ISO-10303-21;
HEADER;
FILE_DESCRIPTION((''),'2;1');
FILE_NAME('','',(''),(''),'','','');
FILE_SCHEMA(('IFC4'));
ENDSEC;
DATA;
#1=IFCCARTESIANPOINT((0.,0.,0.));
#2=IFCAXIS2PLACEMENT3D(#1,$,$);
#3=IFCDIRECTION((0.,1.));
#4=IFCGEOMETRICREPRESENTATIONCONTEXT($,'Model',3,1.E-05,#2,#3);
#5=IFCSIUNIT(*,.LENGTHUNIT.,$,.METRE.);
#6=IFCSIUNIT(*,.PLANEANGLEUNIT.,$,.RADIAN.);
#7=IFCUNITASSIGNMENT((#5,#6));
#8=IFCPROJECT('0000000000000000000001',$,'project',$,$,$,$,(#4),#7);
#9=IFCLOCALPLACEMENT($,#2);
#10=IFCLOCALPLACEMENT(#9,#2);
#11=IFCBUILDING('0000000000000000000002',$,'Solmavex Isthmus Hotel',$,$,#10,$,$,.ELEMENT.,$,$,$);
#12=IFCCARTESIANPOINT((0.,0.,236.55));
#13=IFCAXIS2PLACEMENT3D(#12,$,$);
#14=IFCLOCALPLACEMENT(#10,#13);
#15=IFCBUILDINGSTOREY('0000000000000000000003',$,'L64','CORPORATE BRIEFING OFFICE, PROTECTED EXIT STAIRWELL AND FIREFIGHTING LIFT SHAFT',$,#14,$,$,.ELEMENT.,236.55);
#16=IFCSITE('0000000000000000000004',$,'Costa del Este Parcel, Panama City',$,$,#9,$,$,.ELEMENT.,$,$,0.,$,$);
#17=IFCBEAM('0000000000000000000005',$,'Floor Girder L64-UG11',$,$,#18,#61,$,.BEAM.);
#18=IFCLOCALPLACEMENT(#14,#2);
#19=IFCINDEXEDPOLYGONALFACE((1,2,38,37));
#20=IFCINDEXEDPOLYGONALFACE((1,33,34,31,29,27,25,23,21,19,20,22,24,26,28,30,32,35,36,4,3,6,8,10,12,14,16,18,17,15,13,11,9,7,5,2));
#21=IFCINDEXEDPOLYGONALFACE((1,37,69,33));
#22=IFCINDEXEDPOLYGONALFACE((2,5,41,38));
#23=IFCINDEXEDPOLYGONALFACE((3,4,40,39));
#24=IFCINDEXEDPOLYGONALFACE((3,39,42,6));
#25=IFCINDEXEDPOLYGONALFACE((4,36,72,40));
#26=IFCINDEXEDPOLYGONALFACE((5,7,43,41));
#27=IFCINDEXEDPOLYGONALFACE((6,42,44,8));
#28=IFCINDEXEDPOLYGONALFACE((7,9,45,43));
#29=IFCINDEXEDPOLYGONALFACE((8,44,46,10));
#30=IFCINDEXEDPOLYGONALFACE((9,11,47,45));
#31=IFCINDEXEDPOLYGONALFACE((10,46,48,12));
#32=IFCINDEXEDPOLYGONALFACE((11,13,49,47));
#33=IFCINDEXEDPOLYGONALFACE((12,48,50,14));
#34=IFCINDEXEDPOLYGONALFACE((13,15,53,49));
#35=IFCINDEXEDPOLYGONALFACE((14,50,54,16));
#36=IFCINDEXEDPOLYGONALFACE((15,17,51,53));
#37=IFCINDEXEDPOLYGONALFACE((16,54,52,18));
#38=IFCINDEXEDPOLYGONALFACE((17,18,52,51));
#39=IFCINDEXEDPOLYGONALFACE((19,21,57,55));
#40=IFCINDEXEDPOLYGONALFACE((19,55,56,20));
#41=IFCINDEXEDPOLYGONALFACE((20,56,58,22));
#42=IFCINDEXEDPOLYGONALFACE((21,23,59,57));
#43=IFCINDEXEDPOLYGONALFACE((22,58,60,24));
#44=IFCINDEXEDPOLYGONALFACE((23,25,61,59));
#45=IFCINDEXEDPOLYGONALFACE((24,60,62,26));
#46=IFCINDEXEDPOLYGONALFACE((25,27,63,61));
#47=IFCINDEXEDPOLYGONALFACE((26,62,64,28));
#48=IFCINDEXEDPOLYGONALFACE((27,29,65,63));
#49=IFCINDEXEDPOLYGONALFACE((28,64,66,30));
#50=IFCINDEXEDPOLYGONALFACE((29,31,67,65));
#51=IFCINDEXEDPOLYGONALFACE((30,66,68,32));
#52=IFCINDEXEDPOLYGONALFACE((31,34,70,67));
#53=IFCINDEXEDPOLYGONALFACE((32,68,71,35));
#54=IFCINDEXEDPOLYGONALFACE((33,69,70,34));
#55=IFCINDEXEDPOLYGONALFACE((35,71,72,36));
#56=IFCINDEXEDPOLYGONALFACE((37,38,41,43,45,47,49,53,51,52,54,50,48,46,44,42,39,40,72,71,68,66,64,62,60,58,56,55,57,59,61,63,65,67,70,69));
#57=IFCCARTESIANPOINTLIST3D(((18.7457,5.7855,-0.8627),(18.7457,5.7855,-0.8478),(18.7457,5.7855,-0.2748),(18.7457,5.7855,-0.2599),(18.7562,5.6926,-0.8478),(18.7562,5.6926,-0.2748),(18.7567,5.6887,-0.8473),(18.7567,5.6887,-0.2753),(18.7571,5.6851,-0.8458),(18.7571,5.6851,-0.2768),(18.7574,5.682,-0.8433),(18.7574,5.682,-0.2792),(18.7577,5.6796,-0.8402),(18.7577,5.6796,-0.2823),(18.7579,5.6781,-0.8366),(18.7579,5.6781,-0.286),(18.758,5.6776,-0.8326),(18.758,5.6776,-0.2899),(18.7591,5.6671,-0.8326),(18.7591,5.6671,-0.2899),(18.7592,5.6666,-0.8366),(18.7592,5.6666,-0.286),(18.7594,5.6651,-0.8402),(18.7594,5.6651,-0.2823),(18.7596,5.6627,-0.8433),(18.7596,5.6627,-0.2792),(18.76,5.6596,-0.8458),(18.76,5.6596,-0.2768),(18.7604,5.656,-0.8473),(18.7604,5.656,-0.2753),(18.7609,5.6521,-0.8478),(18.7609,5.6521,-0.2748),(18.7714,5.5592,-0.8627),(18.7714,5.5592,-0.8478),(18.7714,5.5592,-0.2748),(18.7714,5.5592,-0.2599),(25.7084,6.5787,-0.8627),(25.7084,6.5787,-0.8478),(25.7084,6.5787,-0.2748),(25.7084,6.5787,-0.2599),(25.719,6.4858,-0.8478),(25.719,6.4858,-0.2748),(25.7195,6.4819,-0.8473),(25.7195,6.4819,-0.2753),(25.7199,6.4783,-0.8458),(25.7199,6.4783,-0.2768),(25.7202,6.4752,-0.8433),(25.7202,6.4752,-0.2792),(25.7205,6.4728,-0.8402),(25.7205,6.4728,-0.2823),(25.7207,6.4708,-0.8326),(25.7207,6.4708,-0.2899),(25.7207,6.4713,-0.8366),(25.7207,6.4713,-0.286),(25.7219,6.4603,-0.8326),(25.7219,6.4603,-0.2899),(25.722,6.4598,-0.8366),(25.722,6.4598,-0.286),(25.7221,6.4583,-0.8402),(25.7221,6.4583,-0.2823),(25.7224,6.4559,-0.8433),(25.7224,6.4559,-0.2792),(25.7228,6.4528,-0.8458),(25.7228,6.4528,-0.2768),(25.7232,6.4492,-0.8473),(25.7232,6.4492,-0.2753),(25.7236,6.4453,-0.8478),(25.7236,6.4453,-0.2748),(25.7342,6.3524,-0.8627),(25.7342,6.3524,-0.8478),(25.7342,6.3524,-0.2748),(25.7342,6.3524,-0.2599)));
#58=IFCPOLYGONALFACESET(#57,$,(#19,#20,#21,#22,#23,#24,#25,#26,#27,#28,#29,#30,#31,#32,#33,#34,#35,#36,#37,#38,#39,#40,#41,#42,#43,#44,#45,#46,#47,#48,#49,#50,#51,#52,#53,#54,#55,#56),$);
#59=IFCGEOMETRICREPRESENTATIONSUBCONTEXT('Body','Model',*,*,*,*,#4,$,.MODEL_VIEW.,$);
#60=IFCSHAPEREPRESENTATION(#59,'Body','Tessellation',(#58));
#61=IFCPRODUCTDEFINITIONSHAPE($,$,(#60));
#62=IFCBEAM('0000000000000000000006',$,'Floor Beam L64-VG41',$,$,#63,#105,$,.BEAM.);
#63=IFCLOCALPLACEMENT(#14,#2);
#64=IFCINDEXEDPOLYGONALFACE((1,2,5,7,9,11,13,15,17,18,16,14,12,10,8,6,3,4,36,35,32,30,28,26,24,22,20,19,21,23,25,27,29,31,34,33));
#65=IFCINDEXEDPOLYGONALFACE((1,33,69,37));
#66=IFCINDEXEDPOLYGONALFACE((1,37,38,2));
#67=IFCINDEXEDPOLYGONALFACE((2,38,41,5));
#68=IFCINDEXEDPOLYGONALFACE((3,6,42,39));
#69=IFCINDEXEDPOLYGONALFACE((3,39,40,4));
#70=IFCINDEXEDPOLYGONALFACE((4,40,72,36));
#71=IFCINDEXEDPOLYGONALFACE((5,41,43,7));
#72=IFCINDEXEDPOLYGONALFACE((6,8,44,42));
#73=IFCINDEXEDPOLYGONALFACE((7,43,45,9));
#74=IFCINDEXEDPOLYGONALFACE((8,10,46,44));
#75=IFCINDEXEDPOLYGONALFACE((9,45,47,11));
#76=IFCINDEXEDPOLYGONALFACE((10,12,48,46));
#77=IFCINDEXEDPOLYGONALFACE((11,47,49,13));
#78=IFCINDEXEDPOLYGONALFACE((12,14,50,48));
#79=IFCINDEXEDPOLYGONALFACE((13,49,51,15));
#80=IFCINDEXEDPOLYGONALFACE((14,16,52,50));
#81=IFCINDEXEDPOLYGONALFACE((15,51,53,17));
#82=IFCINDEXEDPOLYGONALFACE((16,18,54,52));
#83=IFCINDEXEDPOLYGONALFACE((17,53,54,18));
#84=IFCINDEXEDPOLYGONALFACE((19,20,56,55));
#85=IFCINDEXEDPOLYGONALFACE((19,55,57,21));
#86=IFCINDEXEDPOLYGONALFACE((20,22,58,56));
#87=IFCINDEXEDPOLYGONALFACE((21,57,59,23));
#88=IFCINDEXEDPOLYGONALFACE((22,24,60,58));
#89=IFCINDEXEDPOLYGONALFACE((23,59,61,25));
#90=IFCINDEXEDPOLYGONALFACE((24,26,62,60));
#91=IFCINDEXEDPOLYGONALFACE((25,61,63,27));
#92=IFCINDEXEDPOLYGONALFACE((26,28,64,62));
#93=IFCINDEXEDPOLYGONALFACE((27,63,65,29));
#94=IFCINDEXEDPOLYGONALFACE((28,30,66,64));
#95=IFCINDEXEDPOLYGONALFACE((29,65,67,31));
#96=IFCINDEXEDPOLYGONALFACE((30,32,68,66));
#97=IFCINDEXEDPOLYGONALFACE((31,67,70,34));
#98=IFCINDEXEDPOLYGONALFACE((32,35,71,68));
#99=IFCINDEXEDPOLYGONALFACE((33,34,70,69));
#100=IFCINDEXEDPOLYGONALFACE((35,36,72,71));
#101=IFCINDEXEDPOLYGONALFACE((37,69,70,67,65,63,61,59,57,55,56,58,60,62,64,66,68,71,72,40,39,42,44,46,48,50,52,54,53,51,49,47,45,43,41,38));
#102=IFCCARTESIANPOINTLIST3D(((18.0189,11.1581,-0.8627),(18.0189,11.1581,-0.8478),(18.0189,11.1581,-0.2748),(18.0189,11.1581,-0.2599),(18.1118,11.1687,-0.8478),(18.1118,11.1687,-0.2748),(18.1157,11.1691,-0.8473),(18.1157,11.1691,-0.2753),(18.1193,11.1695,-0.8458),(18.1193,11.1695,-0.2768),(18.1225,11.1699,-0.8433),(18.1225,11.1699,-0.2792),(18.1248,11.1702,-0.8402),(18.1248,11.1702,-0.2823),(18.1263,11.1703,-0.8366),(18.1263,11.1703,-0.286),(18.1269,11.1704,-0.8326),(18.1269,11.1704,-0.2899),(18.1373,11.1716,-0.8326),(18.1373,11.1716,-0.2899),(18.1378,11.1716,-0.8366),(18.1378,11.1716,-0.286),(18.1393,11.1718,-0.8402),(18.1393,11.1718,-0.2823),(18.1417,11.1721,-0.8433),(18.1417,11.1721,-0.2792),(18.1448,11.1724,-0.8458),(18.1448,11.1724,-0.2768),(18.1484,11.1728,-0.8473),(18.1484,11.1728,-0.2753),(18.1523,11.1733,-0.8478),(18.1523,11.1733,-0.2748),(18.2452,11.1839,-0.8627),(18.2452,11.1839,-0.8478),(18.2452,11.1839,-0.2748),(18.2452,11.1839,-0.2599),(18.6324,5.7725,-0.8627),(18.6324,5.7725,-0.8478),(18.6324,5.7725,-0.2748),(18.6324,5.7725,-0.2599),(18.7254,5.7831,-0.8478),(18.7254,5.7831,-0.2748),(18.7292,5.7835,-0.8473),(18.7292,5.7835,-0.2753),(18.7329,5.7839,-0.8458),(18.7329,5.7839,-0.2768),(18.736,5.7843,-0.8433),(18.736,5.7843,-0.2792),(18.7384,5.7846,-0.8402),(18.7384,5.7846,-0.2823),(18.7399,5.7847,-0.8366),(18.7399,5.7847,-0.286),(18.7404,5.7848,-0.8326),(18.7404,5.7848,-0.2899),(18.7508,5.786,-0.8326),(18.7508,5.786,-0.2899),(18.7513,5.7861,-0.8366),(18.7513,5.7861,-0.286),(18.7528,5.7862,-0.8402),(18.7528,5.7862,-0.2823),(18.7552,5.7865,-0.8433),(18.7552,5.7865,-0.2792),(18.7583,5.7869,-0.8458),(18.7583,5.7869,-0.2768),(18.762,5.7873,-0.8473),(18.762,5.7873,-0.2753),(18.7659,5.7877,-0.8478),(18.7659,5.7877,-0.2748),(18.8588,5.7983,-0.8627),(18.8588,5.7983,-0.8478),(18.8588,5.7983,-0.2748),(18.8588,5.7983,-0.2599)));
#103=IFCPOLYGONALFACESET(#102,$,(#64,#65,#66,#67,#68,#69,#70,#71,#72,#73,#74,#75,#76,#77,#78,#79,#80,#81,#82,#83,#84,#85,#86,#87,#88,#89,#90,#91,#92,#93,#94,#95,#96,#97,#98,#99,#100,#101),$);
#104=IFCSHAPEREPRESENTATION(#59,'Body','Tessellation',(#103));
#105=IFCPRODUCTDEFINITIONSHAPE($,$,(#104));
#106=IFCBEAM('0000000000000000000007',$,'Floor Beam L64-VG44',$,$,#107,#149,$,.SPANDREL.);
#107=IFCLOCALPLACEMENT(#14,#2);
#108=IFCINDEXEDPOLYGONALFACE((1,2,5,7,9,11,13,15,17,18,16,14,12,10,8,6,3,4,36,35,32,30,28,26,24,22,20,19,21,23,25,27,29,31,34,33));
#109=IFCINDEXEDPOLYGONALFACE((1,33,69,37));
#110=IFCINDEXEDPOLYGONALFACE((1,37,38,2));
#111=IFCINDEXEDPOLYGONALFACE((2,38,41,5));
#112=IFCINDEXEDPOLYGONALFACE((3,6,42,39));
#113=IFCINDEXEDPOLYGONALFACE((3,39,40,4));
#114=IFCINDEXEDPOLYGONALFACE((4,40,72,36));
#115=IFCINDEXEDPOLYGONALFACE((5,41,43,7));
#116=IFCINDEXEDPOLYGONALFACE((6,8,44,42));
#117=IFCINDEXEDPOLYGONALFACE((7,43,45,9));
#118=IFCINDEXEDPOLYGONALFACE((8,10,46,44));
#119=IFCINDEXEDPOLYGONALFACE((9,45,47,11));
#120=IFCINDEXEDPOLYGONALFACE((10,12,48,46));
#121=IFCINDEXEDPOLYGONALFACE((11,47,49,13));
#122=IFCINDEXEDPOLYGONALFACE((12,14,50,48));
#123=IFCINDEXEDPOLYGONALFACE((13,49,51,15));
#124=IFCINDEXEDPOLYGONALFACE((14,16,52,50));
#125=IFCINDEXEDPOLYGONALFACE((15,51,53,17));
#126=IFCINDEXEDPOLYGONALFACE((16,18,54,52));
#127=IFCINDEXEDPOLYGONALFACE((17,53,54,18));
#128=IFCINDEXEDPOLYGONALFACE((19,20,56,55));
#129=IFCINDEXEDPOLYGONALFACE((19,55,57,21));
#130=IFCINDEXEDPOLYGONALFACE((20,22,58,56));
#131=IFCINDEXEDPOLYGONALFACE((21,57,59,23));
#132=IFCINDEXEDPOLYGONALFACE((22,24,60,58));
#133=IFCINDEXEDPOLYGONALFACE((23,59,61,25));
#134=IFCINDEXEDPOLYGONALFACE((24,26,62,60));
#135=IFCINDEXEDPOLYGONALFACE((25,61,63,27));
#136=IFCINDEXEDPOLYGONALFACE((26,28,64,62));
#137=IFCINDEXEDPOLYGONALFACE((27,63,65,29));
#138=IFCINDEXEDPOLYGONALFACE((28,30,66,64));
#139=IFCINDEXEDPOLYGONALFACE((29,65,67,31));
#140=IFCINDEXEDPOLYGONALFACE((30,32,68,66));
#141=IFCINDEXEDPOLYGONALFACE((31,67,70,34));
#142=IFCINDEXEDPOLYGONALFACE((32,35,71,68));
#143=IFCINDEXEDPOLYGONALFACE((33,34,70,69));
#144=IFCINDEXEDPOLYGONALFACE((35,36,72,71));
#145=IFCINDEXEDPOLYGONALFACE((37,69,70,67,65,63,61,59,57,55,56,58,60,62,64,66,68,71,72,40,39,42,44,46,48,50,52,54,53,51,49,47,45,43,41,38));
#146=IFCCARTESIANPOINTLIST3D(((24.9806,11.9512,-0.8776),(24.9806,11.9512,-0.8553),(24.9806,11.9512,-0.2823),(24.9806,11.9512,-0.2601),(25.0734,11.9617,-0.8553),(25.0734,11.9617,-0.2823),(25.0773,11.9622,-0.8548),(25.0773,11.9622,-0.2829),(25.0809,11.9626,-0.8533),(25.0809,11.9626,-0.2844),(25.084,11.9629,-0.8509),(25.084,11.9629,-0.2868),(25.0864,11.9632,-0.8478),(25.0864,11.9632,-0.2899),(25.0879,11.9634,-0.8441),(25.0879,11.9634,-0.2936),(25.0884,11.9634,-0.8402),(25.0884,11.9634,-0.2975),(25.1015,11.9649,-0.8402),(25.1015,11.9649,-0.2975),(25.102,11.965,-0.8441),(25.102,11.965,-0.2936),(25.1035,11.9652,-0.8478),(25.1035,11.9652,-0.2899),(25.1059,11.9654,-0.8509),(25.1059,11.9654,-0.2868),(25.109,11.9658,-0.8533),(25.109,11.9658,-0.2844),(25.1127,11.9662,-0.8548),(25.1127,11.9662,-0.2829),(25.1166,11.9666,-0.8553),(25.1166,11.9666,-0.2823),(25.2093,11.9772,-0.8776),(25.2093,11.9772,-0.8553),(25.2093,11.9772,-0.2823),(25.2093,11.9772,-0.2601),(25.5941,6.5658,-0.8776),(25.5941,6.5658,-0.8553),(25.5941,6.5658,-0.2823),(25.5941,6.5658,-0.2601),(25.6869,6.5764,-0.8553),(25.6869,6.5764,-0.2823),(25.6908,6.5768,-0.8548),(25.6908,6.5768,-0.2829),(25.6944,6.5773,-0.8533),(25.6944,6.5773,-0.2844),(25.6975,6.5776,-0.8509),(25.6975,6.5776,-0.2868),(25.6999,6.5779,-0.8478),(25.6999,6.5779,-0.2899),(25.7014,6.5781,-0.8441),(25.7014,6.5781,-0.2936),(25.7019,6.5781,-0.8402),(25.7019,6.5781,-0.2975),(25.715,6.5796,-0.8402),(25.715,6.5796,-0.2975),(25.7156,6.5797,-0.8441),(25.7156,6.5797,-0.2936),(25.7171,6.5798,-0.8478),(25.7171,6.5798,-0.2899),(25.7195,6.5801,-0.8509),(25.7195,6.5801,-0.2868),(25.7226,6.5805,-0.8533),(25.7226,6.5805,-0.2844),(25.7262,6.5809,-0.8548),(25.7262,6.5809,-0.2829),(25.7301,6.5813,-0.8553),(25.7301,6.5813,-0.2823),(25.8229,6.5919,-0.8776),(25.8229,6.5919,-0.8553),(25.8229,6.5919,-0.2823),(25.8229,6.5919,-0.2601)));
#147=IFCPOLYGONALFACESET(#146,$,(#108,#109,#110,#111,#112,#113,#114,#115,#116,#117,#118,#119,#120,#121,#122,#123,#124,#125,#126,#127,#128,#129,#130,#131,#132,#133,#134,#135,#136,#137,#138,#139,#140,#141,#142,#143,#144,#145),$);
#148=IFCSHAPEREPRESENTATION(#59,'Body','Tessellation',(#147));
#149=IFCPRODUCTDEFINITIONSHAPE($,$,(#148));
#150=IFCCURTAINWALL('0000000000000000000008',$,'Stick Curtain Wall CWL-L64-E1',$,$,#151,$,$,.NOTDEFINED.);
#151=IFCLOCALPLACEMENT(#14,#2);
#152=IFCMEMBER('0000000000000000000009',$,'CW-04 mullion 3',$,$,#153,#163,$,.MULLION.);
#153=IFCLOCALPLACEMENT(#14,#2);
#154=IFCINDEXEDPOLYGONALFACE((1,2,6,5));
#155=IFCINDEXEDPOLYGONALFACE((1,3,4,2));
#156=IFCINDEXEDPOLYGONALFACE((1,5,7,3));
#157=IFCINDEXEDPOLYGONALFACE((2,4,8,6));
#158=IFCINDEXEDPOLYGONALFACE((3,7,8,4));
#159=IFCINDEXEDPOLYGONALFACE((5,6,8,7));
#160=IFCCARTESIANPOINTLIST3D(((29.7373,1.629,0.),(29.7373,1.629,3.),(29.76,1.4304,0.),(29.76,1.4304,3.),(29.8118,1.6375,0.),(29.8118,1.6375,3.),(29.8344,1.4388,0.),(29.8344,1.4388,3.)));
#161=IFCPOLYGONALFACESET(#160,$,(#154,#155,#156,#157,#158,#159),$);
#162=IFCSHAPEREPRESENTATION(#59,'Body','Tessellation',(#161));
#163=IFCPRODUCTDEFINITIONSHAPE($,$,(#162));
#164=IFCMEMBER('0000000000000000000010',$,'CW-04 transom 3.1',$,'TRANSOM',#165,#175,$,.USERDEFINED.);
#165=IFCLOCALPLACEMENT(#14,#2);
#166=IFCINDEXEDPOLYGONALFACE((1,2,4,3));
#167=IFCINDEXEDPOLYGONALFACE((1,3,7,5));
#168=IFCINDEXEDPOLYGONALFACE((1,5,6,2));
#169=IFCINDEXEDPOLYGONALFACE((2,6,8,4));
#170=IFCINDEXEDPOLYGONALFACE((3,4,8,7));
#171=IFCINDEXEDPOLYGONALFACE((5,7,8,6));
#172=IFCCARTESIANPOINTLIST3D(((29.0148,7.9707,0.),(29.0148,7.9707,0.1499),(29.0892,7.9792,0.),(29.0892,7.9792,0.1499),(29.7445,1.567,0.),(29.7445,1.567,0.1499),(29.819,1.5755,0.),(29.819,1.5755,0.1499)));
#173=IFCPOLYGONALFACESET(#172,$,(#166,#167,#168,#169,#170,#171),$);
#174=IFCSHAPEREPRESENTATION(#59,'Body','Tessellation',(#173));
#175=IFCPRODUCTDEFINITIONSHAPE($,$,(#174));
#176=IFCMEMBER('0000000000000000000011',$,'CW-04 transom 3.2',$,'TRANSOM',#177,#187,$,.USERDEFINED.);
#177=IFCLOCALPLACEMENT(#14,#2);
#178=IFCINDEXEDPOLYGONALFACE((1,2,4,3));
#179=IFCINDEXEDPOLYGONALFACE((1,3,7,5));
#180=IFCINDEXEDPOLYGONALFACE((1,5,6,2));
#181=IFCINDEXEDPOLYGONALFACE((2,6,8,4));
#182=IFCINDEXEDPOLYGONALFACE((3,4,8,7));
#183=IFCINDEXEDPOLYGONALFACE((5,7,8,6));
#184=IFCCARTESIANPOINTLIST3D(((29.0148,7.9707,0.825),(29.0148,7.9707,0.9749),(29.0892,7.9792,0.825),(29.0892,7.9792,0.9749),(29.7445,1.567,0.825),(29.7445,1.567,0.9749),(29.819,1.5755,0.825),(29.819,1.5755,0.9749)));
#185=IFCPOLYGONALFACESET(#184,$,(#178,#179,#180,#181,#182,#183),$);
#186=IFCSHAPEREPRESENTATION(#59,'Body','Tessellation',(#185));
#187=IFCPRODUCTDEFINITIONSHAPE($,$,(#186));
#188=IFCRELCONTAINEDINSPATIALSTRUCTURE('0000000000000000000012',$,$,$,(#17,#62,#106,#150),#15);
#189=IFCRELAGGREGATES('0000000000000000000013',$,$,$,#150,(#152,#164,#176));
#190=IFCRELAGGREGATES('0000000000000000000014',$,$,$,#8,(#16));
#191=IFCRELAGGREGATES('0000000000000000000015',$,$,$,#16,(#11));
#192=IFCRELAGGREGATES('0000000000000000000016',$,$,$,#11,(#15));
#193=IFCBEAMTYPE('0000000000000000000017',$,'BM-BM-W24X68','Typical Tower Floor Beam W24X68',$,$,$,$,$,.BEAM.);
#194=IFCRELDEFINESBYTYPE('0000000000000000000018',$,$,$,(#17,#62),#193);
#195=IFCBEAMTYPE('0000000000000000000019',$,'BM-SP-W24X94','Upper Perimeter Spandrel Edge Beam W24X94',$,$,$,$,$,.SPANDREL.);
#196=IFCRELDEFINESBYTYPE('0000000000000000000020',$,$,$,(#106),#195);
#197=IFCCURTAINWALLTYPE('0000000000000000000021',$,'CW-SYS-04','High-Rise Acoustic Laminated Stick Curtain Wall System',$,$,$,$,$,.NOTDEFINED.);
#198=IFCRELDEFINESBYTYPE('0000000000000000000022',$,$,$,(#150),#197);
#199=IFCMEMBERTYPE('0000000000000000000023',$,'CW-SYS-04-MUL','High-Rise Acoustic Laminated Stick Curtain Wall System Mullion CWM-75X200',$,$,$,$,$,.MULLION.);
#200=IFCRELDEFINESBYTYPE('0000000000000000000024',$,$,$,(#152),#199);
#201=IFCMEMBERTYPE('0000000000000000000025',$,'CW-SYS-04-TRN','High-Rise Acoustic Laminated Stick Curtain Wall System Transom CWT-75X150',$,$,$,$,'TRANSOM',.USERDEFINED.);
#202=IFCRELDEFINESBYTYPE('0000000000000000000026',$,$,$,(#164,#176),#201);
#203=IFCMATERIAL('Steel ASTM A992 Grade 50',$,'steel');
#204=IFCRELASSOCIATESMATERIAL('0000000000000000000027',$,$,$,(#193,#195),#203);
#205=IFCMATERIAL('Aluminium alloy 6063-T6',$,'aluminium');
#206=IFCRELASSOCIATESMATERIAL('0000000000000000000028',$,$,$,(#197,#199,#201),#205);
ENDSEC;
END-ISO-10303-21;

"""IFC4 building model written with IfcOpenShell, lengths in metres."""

from ifc_helpers import new_model, si_unit, direction, frame, origin, origin_2d, place, context, subcontext, project, spatial, rectangle, i_section, extrude, material, material_profile, profile_set, type_object, element, aggregate, save


model = new_model("IFC4")

# Units and contexts
model_context = context("Model", 3, precision=1e-05, world=origin(), true_north=direction((0.0, 1.0)))
body_context = subcontext(model_context, "Body", "Model", "MODEL_VIEW")
ifc_project = project(units=[si_unit("LENGTHUNIT", "METRE"), si_unit("PLANEANGLEUNIT", "RADIAN")], contexts=[model_context])

# Site, building, storey
site_placement = place(None, origin())
site = spatial("IfcSite", under=ifc_project, at=site_placement, Name="Costa del Este Parcel, Panama City", CompositionType="ELEMENT", RefElevation=0.0)
building_placement = place(site_placement, origin())
building = spatial("IfcBuilding", under=site, at=building_placement, Name="Solmavex Isthmus Hotel", CompositionType="ELEMENT")
storey_placement = place(building_placement, frame((0.0, 0.0, 236.55)))
storey = spatial("IfcBuildingStorey", under=building, at=storey_placement, Name="L64", Description="CORPORATE BRIEFING OFFICE, PROTECTED EXIT STAIRWELL AND FIREFIGHTING LIFT SHAFT", CompositionType="ELEMENT", Elevation=236.55)

# Beams
ifc_material_1 = material(Name="Steel ASTM A992 Grade 50", Category="steel")
ifc_material_profile_1 = material_profile(ifc_material_1, i_section(OverallWidth=0.2278, OverallDepth=0.6028, WebThickness=0.0105, FlangeThickness=0.0149, FilletRadius=0.0151, at=origin_2d()), Name="W24X68")
ifc_profile_set_1 = profile_set([ifc_material_profile_1], Name="Steel ASTM A992 Grade 50")
beam_type_1 = type_object("IfcBeamType", Name="BM-BM-W24X68", Description="Typical Tower Floor Beam W24X68", PredefinedType="BEAM", material=ifc_profile_set_1)
beam_1_placement = place(storey_placement, frame((18.7585, 5.6724, -0.5613), z_axis=(0.993574, 0.113188, 0.0), x_axis=(-0.113188, 0.993574, 0.0)))
element("IfcBeam", 1, at=beam_1_placement, inside=storey, type_object=beam_type_1, Name="Floor Girder L64-UG11", PredefinedType="BEAM", context=body_context, shape_type="SweptSolid", body=[
    extrude(i_section(OverallWidth=0.2278, OverallDepth=0.6028, WebThickness=0.0105, FlangeThickness=0.0149, FilletRadius=0.0151, at=origin_2d()), origin(), (0.0, 0.0, 1.0), 7.0078),
])
beam_2_placement = place(storey_placement, frame((18.7456, 5.7854, -0.5613), z_axis=(-0.11319, 0.993573, 0.0), x_axis=(-0.993573, -0.11319, 0.0)))
element("IfcBeam", 2, at=beam_2_placement, inside=storey, type_object=beam_type_1, Name="Floor Beam L64-VG41", PredefinedType="BEAM", context=body_context, shape_type="SweptSolid", body=[
    extrude(i_section(OverallWidth=0.2278, OverallDepth=0.6028, WebThickness=0.0105, FlangeThickness=0.0149, FilletRadius=0.0151, at=origin_2d()), origin(), (0.0, 0.0, 1.0), 5.4204),
])
ifc_material_profile_2 = material_profile(ifc_material_1, i_section(OverallWidth=0.2302, OverallDepth=0.6174, WebThickness=0.0132, FlangeThickness=0.0222, FilletRadius=0.0151, at=origin_2d()), Name="W24X94")
ifc_profile_set_2 = profile_set([ifc_material_profile_2], Name="Steel ASTM A992 Grade 50")
beam_type_2 = type_object("IfcBeamType", Name="BM-SP-W24X94", Description="Upper Perimeter Spandrel Edge Beam W24X94", PredefinedType="SPANDREL", material=ifc_profile_set_2)
beam_3_placement = place(storey_placement, frame((25.7085, 6.5789, -0.5688), z_axis=(-0.113195, 0.993573, 0.0), x_axis=(-0.993573, -0.113195, 0.0)))
element("IfcBeam", 3, at=beam_3_placement, inside=storey, type_object=beam_type_2, Name="Floor Beam L64-VG44", PredefinedType="SPANDREL", context=body_context, shape_type="SweptSolid", body=[
    extrude(i_section(OverallWidth=0.2302, OverallDepth=0.6174, WebThickness=0.0132, FlangeThickness=0.0222, FilletRadius=0.0151, at=origin_2d()), origin(), (0.0, 0.0, 1.0), 5.4202),
])

# Curtain wall, members
ifc_material_2 = material(Name="Aluminium alloy 6063-T6", Category="aluminium")
curtain_wall_type = type_object("IfcCurtainWallType", Name="CW-SYS-04", Description="High-Rise Acoustic Laminated Stick Curtain Wall System", PredefinedType="NOTDEFINED", material=ifc_material_2)
curtain_wall_placement = place(storey_placement, origin())
curtain_wall = element("IfcCurtainWall", 4, at=curtain_wall_placement, inside=storey, type_object=curtain_wall_type, Name="Stick Curtain Wall CWL-L64-E1", PredefinedType="NOTDEFINED")
ifc_material_profile_3 = material_profile(ifc_material_2, rectangle(XDim=0.075, YDim=0.2, at=origin_2d()), Name="CWM-75X200")
ifc_profile_set_3 = profile_set([ifc_material_profile_3], Name="Aluminium alloy 6063-T6")
member_type_1 = type_object("IfcMemberType", Name="CW-SYS-04-MUL", Description="High-Rise Acoustic Laminated Stick Curtain Wall System Mullion CWM-75X200", PredefinedType="MULLION", material=ifc_profile_set_3)
member_1_placement = place(storey_placement, frame((29.7859, 1.5339, 0.0), z_axis=(0.0, 0.0, 1.0), x_axis=(-0.993572, -0.113203, 0.0)))
member_1 = element("IfcMember", 5, at=member_1_placement, type_object=member_type_1, Name="CW-04 mullion 3", PredefinedType="MULLION", context=body_context, shape_type="SweptSolid", body=[
    extrude(rectangle(XDim=0.075, YDim=0.2, at=origin_2d()), origin(), (0.0, 0.0, 1.0), 3.0),
])
ifc_material_profile_4 = material_profile(ifc_material_2, rectangle(XDim=0.075, YDim=0.1499, at=origin_2d()), Name="CWT-75X150")
ifc_profile_set_4 = profile_set([ifc_material_profile_4], Name="Aluminium alloy 6063-T6")
member_type_2 = type_object("IfcMemberType", Name="CW-SYS-04-TRN", Description="High-Rise Acoustic Laminated Stick Curtain Wall System Transom CWT-75X150", ElementType="TRANSOM", PredefinedType="USERDEFINED", material=ifc_profile_set_4)
member_2_placement = place(storey_placement, frame((29.7817, 1.5713, 0.075), z_axis=(-0.113225, 0.993569, 0.0), x_axis=(-0.993569, -0.113225, 0.0)))
member_2 = element("IfcMember", 6, at=member_2_placement, type_object=member_type_2, Name="CW-04 transom 3.1", ObjectType="TRANSOM", PredefinedType="USERDEFINED", context=body_context, shape_type="SweptSolid", body=[
    extrude(rectangle(XDim=0.075, YDim=0.1499, at=origin_2d()), origin(), (0.0, 0.0, 1.0), 6.4451),
])
member_3_placement = place(storey_placement, frame((29.7817, 1.5713, 0.8999), z_axis=(-0.113225, 0.993569, 0.0), x_axis=(-0.993569, -0.113225, 0.0)))
member_3 = element("IfcMember", 7, at=member_3_placement, type_object=member_type_2, Name="CW-04 transom 3.2", ObjectType="TRANSOM", PredefinedType="USERDEFINED", context=body_context, shape_type="SweptSolid", body=[
    extrude(rectangle(XDim=0.075, YDim=0.1499, at=origin_2d()), origin(), (0.0, 0.0, 1.0), 6.4451),
])
aggregate(curtain_wall, [member_1, member_2, member_3])

save(model, "model.ifc")
